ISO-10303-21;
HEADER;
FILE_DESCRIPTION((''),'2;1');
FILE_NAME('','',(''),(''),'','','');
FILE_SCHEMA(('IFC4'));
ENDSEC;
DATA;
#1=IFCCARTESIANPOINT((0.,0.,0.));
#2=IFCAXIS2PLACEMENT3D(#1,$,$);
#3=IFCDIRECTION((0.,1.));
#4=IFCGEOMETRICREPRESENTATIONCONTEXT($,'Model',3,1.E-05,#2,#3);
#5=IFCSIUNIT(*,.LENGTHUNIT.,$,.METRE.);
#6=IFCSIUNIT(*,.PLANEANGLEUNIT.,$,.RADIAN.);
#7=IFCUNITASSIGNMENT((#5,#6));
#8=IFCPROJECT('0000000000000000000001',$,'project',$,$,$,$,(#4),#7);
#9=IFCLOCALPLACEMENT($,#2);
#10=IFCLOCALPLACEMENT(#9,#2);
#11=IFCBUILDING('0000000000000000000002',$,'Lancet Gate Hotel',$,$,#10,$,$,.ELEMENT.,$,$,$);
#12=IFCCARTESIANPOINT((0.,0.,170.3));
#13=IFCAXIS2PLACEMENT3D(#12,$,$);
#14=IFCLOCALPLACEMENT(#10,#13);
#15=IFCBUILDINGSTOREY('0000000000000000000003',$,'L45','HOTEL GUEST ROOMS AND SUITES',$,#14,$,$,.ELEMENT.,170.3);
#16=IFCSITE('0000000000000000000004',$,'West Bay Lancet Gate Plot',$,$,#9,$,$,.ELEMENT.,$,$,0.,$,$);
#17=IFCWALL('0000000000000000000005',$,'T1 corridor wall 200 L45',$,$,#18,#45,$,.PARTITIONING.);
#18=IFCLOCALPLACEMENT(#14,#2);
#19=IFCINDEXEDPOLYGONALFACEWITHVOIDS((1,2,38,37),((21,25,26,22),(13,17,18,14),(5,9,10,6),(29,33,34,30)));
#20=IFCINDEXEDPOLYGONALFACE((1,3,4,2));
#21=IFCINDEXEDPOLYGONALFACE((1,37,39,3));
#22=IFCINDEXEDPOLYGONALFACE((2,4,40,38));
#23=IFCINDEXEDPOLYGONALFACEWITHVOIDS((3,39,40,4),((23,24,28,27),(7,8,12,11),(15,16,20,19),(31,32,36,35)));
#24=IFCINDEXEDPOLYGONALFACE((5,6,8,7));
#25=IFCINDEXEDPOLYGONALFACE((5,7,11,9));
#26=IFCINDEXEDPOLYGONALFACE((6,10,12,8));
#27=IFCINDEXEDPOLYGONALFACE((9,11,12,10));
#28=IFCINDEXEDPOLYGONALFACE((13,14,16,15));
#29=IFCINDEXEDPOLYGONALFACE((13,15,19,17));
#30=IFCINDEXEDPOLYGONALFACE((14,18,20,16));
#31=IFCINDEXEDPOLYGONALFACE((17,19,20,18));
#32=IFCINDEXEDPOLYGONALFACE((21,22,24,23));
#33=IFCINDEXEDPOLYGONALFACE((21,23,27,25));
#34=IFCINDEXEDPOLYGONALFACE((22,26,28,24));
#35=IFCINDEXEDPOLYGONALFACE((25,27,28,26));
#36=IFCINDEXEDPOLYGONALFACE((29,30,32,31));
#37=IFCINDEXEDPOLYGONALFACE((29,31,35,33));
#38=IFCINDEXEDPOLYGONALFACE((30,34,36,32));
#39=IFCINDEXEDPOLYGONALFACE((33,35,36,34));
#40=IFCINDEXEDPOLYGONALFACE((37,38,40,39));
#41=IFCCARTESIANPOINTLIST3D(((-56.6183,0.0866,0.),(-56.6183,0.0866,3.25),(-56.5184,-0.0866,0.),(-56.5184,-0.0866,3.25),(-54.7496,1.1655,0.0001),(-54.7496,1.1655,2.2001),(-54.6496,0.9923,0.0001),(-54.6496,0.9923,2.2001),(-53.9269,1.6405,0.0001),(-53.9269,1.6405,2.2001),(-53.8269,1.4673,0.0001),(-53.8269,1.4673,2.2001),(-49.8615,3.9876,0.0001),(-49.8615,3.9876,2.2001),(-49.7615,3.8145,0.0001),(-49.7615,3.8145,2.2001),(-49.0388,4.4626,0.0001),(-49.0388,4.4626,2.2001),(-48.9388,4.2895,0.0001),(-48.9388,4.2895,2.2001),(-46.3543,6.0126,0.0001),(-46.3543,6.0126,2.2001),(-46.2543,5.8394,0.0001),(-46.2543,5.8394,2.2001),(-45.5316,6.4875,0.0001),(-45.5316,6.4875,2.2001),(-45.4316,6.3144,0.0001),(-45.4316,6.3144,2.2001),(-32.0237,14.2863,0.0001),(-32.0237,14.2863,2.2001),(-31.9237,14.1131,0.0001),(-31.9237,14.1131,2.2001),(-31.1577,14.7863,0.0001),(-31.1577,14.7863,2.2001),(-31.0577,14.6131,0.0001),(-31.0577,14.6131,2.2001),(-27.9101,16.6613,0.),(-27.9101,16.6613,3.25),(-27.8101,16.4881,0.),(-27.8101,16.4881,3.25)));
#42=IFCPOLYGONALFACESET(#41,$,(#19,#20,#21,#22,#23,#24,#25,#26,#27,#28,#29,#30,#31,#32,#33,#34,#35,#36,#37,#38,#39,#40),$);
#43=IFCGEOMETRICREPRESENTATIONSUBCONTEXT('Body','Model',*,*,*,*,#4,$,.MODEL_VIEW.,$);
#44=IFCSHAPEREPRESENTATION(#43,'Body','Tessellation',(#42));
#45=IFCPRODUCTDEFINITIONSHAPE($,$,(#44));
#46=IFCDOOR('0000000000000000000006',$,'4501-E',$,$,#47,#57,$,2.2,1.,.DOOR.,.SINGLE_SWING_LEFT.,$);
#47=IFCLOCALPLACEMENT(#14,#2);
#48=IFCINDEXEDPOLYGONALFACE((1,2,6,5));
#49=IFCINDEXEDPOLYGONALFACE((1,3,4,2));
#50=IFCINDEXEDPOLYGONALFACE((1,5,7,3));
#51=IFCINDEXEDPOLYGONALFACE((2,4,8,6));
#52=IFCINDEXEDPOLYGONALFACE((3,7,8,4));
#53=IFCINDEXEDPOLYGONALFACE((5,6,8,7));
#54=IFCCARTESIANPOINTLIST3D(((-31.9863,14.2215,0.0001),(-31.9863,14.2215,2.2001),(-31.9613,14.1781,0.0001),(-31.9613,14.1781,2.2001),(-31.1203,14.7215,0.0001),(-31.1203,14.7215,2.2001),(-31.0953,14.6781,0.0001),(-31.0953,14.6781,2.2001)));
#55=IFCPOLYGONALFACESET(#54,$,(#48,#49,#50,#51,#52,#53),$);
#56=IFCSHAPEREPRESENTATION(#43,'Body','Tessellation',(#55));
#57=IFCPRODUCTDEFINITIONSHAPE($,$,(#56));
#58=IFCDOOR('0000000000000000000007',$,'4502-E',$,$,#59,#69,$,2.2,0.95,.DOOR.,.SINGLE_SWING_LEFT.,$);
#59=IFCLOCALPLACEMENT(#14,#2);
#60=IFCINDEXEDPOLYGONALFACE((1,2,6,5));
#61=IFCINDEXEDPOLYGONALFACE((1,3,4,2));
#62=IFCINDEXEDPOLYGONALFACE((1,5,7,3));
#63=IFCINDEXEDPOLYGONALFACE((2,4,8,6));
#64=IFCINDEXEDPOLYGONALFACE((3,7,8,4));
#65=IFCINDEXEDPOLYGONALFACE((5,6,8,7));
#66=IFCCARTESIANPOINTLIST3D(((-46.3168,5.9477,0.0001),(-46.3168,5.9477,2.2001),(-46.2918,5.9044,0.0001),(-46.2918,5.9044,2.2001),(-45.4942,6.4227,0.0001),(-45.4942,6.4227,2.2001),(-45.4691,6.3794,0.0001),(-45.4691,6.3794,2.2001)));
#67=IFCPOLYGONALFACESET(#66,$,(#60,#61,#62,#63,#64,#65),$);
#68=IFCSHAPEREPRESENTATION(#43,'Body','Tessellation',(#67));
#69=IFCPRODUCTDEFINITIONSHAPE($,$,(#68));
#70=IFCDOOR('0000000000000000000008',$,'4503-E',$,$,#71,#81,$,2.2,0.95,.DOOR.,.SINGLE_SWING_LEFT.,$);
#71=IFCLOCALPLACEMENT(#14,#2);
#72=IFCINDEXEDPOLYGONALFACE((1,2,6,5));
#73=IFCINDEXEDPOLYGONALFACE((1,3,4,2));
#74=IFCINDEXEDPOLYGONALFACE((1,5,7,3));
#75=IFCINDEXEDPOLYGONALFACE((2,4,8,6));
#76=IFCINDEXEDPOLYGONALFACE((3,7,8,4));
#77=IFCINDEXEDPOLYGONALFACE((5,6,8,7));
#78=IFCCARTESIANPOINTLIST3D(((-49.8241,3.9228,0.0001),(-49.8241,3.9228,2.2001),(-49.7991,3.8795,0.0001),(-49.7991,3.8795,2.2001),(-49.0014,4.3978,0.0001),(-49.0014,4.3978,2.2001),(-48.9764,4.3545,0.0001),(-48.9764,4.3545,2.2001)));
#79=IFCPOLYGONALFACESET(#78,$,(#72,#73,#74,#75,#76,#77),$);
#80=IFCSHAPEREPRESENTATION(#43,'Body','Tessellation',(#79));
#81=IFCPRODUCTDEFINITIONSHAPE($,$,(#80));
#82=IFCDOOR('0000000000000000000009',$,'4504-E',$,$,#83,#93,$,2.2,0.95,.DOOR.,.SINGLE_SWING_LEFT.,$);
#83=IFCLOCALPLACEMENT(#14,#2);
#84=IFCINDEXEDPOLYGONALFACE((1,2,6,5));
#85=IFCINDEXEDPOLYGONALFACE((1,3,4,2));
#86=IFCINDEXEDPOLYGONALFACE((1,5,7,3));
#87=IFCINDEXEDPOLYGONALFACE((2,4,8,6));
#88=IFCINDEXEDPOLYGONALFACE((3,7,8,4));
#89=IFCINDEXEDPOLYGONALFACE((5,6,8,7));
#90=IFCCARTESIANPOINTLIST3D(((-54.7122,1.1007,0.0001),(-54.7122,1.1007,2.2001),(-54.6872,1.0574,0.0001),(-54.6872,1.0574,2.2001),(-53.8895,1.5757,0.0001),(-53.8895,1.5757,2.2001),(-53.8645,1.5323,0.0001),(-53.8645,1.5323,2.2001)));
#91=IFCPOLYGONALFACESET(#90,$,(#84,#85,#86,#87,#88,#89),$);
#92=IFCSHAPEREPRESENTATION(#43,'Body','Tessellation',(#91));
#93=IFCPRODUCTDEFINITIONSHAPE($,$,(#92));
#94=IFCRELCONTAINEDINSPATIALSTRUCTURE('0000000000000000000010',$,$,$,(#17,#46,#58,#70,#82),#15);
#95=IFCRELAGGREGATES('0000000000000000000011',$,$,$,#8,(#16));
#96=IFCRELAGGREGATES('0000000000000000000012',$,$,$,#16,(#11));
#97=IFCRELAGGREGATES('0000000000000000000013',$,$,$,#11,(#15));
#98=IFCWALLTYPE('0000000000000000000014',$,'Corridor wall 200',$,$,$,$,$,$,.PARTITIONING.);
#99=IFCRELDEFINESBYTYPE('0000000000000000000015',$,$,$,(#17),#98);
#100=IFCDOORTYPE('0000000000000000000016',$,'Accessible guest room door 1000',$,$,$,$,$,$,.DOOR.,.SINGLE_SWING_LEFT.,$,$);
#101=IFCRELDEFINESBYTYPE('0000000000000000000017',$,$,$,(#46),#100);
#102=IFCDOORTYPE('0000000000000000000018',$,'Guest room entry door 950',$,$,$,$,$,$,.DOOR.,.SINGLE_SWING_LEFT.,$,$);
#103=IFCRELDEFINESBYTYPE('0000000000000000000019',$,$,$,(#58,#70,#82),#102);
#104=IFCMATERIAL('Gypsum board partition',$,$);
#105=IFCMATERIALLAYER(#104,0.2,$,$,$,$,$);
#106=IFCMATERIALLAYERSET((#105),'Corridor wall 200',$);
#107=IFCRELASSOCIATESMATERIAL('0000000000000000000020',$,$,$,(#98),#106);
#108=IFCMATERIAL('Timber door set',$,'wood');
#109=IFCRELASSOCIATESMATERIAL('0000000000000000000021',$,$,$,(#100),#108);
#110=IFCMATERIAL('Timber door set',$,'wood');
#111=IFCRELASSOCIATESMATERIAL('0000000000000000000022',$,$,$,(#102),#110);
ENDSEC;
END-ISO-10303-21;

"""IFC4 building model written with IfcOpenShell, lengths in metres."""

from ifc_helpers import new_model, si_unit, direction, frame, frame_2d, origin, place, context, subcontext, project, spatial, rectangle, extrude, material, layer, layer_set, type_object, element, fill, save


model = new_model("IFC4")

# Units and contexts
model_context = context("Model", 3, precision=1e-05, world=origin(), true_north=direction((0.0, 1.0)))
body_context = subcontext(model_context, "Body", "Model", "MODEL_VIEW")
ifc_project = project(units=[si_unit("LENGTHUNIT", "METRE"), si_unit("PLANEANGLEUNIT", "RADIAN")], contexts=[model_context])

# Site, building, storey
site_placement = place(None, origin())
site = spatial("IfcSite", under=ifc_project, at=site_placement, Name="West Bay Lancet Gate Plot", CompositionType="ELEMENT", RefElevation=0.0)
building_placement = place(site_placement, origin())
building = spatial("IfcBuilding", under=site, at=building_placement, Name="Lancet Gate Hotel", CompositionType="ELEMENT")
storey_placement = place(building_placement, frame((0.0, 0.0, 170.3)))
storey = spatial("IfcBuildingStorey", under=building, at=storey_placement, Name="L45", Description="HOTEL GUEST ROOMS AND SUITES", CompositionType="ELEMENT", Elevation=170.3)

# Wall, openings, doors
ifc_material_1 = material(Name="Gypsum board partition")
ifc_layer_1 = layer(ifc_material_1, 0.2)
ifc_layer_set_1 = layer_set([ifc_layer_1], Name="Corridor wall 200")
wall_type_1 = type_object("IfcWallType", Name="Corridor wall 200", PredefinedType="PARTITIONING", material=ifc_layer_set_1)
wall_1_placement = place(storey_placement, frame((-27.8601, 16.5747, 0.0), z_axis=(0.0, 0.0, 1.0), x_axis=(-0.866026, -0.5, 0.0)))
wall_1 = element("IfcWall", 1, at=wall_1_placement, inside=storey, type_object=wall_type_1, Name="T1 corridor wall 200 L45", PredefinedType="PARTITIONING", context=body_context, shape_type="SweptSolid", body=[
    extrude(rectangle(XDim=33.1494, YDim=0.2, at=frame_2d((16.5747, 0.0))), origin(), (0.0, 0.0, 1.0), 3.25),
])
opening_1_placement = place(wall_1_placement, frame((3.75, 0.0, 0.0)))
opening_1 = element("IfcOpeningElement", 2, at=opening_1_placement, cuts=wall_1, PredefinedType="OPENING", context=body_context, shape_type="SweptSolid", body=[
    extrude(rectangle(XDim=1.0, YDim=2.2, at=frame_2d((0.5, 1.1001))), frame((0.0, 0.1099, 0.0), z_axis=(0.0, -1.0, 0.0), x_axis=(1.0, 0.0, 0.0)), (0.0, 0.0, 1.0), 0.22),
])
opening_2_placement = place(wall_1_placement, frame((20.3474, 0.0, 0.0)))
opening_2 = element("IfcOpeningElement", 3, at=opening_2_placement, cuts=wall_1, PredefinedType="OPENING", context=body_context, shape_type="SweptSolid", body=[
    extrude(rectangle(XDim=0.95, YDim=2.2, at=frame_2d((0.4751, 1.1001))), frame((0.0, 0.1099, 0.0), z_axis=(0.0, -1.0, 0.0), x_axis=(1.0, 0.0, 0.0)), (0.0, 0.0, 1.0), 0.22),
])
opening_3_placement = place(wall_1_placement, frame((24.3972, 0.0, 0.0)))
opening_3 = element("IfcOpeningElement", 4, at=opening_3_placement, cuts=wall_1, PredefinedType="OPENING", context=body_context, shape_type="SweptSolid", body=[
    extrude(rectangle(XDim=0.95, YDim=2.2, at=frame_2d((0.4751, 1.1001))), frame((0.0, 0.1099, 0.0), z_axis=(0.0, -1.0, 0.0), x_axis=(1.0, 0.0, 0.0)), (0.0, 0.0, 1.0), 0.22),
])
opening_4_placement = place(wall_1_placement, frame((30.0415, 0.0, 0.0)))
opening_4 = element("IfcOpeningElement", 5, at=opening_4_placement, cuts=wall_1, PredefinedType="OPENING", context=body_context, shape_type="SweptSolid", body=[
    extrude(rectangle(XDim=0.95, YDim=2.2, at=frame_2d((0.4751, 1.1001))), frame((0.0, 0.1099, 0.0), z_axis=(0.0, -1.0, 0.0), x_axis=(1.0, 0.0, 0.0)), (0.0, 0.0, 1.0), 0.22),
])
ifc_material_2 = material(Name="Timber door set", Category="wood")
door_type_1 = type_object("IfcDoorType", Name="Accessible guest room door 1000", OperationType="SINGLE_SWING_LEFT", PredefinedType="DOOR", material=ifc_material_2)
door_1_placement = place(opening_1_placement, origin())
door_1 = element("IfcDoor", 6, at=door_1_placement, inside=storey, type_object=door_type_1, Name="4501-E", OperationType="SINGLE_SWING_LEFT", OverallHeight=2.2, OverallWidth=1.0, PredefinedType="DOOR", context=body_context, shape_type="SweptSolid", body=[
    extrude(rectangle(XDim=1.0, YDim=2.2, at=frame_2d((0.5, 1.1001))), frame((0.0, 0.0249, 0.0), z_axis=(0.0, -1.0, 0.0), x_axis=(1.0, 0.0, 0.0)), (0.0, 0.0, 1.0), 0.05),
])
fill(opening_1, door_1)
ifc_material_3 = material(Name="Timber door set", Category="wood")
door_type_2 = type_object("IfcDoorType", Name="Guest room entry door 950", OperationType="SINGLE_SWING_LEFT", PredefinedType="DOOR", material=ifc_material_3)
door_2_placement = place(opening_2_placement, origin())
door_2 = element("IfcDoor", 7, at=door_2_placement, inside=storey, type_object=door_type_2, Name="4502-E", OperationType="SINGLE_SWING_LEFT", OverallHeight=2.2, OverallWidth=0.95, PredefinedType="DOOR", context=body_context, shape_type="SweptSolid", body=[
    extrude(rectangle(XDim=0.95, YDim=2.2, at=frame_2d((0.4751, 1.1001))), frame((0.0, 0.0249, 0.0), z_axis=(0.0, -1.0, 0.0), x_axis=(1.0, 0.0, 0.0)), (0.0, 0.0, 1.0), 0.05),
])
fill(opening_2, door_2)
door_3_placement = place(opening_3_placement, origin())
door_3 = element("IfcDoor", 8, at=door_3_placement, inside=storey, type_object=door_type_2, Name="4503-E", OperationType="SINGLE_SWING_LEFT", OverallHeight=2.2, OverallWidth=0.95, PredefinedType="DOOR", context=body_context, shape_type="SweptSolid", body=[
    extrude(rectangle(XDim=0.95, YDim=2.2, at=frame_2d((0.4751, 1.1001))), frame((0.0, 0.0249, 0.0), z_axis=(0.0, -1.0, 0.0), x_axis=(1.0, 0.0, 0.0)), (0.0, 0.0, 1.0), 0.05),
])
fill(opening_3, door_3)
door_4_placement = place(opening_4_placement, origin())
door_4 = element("IfcDoor", 9, at=door_4_placement, inside=storey, type_object=door_type_2, Name="4504-E", OperationType="SINGLE_SWING_LEFT", OverallHeight=2.2, OverallWidth=0.95, PredefinedType="DOOR", context=body_context, shape_type="SweptSolid", body=[
    extrude(rectangle(XDim=0.95, YDim=2.2, at=frame_2d((0.4751, 1.1001))), frame((0.0, 0.0249, 0.0), z_axis=(0.0, -1.0, 0.0), x_axis=(1.0, 0.0, 0.0)), (0.0, 0.0, 1.0), 0.05),
])
fill(opening_4, door_4)

save(model, "model.ifc")
